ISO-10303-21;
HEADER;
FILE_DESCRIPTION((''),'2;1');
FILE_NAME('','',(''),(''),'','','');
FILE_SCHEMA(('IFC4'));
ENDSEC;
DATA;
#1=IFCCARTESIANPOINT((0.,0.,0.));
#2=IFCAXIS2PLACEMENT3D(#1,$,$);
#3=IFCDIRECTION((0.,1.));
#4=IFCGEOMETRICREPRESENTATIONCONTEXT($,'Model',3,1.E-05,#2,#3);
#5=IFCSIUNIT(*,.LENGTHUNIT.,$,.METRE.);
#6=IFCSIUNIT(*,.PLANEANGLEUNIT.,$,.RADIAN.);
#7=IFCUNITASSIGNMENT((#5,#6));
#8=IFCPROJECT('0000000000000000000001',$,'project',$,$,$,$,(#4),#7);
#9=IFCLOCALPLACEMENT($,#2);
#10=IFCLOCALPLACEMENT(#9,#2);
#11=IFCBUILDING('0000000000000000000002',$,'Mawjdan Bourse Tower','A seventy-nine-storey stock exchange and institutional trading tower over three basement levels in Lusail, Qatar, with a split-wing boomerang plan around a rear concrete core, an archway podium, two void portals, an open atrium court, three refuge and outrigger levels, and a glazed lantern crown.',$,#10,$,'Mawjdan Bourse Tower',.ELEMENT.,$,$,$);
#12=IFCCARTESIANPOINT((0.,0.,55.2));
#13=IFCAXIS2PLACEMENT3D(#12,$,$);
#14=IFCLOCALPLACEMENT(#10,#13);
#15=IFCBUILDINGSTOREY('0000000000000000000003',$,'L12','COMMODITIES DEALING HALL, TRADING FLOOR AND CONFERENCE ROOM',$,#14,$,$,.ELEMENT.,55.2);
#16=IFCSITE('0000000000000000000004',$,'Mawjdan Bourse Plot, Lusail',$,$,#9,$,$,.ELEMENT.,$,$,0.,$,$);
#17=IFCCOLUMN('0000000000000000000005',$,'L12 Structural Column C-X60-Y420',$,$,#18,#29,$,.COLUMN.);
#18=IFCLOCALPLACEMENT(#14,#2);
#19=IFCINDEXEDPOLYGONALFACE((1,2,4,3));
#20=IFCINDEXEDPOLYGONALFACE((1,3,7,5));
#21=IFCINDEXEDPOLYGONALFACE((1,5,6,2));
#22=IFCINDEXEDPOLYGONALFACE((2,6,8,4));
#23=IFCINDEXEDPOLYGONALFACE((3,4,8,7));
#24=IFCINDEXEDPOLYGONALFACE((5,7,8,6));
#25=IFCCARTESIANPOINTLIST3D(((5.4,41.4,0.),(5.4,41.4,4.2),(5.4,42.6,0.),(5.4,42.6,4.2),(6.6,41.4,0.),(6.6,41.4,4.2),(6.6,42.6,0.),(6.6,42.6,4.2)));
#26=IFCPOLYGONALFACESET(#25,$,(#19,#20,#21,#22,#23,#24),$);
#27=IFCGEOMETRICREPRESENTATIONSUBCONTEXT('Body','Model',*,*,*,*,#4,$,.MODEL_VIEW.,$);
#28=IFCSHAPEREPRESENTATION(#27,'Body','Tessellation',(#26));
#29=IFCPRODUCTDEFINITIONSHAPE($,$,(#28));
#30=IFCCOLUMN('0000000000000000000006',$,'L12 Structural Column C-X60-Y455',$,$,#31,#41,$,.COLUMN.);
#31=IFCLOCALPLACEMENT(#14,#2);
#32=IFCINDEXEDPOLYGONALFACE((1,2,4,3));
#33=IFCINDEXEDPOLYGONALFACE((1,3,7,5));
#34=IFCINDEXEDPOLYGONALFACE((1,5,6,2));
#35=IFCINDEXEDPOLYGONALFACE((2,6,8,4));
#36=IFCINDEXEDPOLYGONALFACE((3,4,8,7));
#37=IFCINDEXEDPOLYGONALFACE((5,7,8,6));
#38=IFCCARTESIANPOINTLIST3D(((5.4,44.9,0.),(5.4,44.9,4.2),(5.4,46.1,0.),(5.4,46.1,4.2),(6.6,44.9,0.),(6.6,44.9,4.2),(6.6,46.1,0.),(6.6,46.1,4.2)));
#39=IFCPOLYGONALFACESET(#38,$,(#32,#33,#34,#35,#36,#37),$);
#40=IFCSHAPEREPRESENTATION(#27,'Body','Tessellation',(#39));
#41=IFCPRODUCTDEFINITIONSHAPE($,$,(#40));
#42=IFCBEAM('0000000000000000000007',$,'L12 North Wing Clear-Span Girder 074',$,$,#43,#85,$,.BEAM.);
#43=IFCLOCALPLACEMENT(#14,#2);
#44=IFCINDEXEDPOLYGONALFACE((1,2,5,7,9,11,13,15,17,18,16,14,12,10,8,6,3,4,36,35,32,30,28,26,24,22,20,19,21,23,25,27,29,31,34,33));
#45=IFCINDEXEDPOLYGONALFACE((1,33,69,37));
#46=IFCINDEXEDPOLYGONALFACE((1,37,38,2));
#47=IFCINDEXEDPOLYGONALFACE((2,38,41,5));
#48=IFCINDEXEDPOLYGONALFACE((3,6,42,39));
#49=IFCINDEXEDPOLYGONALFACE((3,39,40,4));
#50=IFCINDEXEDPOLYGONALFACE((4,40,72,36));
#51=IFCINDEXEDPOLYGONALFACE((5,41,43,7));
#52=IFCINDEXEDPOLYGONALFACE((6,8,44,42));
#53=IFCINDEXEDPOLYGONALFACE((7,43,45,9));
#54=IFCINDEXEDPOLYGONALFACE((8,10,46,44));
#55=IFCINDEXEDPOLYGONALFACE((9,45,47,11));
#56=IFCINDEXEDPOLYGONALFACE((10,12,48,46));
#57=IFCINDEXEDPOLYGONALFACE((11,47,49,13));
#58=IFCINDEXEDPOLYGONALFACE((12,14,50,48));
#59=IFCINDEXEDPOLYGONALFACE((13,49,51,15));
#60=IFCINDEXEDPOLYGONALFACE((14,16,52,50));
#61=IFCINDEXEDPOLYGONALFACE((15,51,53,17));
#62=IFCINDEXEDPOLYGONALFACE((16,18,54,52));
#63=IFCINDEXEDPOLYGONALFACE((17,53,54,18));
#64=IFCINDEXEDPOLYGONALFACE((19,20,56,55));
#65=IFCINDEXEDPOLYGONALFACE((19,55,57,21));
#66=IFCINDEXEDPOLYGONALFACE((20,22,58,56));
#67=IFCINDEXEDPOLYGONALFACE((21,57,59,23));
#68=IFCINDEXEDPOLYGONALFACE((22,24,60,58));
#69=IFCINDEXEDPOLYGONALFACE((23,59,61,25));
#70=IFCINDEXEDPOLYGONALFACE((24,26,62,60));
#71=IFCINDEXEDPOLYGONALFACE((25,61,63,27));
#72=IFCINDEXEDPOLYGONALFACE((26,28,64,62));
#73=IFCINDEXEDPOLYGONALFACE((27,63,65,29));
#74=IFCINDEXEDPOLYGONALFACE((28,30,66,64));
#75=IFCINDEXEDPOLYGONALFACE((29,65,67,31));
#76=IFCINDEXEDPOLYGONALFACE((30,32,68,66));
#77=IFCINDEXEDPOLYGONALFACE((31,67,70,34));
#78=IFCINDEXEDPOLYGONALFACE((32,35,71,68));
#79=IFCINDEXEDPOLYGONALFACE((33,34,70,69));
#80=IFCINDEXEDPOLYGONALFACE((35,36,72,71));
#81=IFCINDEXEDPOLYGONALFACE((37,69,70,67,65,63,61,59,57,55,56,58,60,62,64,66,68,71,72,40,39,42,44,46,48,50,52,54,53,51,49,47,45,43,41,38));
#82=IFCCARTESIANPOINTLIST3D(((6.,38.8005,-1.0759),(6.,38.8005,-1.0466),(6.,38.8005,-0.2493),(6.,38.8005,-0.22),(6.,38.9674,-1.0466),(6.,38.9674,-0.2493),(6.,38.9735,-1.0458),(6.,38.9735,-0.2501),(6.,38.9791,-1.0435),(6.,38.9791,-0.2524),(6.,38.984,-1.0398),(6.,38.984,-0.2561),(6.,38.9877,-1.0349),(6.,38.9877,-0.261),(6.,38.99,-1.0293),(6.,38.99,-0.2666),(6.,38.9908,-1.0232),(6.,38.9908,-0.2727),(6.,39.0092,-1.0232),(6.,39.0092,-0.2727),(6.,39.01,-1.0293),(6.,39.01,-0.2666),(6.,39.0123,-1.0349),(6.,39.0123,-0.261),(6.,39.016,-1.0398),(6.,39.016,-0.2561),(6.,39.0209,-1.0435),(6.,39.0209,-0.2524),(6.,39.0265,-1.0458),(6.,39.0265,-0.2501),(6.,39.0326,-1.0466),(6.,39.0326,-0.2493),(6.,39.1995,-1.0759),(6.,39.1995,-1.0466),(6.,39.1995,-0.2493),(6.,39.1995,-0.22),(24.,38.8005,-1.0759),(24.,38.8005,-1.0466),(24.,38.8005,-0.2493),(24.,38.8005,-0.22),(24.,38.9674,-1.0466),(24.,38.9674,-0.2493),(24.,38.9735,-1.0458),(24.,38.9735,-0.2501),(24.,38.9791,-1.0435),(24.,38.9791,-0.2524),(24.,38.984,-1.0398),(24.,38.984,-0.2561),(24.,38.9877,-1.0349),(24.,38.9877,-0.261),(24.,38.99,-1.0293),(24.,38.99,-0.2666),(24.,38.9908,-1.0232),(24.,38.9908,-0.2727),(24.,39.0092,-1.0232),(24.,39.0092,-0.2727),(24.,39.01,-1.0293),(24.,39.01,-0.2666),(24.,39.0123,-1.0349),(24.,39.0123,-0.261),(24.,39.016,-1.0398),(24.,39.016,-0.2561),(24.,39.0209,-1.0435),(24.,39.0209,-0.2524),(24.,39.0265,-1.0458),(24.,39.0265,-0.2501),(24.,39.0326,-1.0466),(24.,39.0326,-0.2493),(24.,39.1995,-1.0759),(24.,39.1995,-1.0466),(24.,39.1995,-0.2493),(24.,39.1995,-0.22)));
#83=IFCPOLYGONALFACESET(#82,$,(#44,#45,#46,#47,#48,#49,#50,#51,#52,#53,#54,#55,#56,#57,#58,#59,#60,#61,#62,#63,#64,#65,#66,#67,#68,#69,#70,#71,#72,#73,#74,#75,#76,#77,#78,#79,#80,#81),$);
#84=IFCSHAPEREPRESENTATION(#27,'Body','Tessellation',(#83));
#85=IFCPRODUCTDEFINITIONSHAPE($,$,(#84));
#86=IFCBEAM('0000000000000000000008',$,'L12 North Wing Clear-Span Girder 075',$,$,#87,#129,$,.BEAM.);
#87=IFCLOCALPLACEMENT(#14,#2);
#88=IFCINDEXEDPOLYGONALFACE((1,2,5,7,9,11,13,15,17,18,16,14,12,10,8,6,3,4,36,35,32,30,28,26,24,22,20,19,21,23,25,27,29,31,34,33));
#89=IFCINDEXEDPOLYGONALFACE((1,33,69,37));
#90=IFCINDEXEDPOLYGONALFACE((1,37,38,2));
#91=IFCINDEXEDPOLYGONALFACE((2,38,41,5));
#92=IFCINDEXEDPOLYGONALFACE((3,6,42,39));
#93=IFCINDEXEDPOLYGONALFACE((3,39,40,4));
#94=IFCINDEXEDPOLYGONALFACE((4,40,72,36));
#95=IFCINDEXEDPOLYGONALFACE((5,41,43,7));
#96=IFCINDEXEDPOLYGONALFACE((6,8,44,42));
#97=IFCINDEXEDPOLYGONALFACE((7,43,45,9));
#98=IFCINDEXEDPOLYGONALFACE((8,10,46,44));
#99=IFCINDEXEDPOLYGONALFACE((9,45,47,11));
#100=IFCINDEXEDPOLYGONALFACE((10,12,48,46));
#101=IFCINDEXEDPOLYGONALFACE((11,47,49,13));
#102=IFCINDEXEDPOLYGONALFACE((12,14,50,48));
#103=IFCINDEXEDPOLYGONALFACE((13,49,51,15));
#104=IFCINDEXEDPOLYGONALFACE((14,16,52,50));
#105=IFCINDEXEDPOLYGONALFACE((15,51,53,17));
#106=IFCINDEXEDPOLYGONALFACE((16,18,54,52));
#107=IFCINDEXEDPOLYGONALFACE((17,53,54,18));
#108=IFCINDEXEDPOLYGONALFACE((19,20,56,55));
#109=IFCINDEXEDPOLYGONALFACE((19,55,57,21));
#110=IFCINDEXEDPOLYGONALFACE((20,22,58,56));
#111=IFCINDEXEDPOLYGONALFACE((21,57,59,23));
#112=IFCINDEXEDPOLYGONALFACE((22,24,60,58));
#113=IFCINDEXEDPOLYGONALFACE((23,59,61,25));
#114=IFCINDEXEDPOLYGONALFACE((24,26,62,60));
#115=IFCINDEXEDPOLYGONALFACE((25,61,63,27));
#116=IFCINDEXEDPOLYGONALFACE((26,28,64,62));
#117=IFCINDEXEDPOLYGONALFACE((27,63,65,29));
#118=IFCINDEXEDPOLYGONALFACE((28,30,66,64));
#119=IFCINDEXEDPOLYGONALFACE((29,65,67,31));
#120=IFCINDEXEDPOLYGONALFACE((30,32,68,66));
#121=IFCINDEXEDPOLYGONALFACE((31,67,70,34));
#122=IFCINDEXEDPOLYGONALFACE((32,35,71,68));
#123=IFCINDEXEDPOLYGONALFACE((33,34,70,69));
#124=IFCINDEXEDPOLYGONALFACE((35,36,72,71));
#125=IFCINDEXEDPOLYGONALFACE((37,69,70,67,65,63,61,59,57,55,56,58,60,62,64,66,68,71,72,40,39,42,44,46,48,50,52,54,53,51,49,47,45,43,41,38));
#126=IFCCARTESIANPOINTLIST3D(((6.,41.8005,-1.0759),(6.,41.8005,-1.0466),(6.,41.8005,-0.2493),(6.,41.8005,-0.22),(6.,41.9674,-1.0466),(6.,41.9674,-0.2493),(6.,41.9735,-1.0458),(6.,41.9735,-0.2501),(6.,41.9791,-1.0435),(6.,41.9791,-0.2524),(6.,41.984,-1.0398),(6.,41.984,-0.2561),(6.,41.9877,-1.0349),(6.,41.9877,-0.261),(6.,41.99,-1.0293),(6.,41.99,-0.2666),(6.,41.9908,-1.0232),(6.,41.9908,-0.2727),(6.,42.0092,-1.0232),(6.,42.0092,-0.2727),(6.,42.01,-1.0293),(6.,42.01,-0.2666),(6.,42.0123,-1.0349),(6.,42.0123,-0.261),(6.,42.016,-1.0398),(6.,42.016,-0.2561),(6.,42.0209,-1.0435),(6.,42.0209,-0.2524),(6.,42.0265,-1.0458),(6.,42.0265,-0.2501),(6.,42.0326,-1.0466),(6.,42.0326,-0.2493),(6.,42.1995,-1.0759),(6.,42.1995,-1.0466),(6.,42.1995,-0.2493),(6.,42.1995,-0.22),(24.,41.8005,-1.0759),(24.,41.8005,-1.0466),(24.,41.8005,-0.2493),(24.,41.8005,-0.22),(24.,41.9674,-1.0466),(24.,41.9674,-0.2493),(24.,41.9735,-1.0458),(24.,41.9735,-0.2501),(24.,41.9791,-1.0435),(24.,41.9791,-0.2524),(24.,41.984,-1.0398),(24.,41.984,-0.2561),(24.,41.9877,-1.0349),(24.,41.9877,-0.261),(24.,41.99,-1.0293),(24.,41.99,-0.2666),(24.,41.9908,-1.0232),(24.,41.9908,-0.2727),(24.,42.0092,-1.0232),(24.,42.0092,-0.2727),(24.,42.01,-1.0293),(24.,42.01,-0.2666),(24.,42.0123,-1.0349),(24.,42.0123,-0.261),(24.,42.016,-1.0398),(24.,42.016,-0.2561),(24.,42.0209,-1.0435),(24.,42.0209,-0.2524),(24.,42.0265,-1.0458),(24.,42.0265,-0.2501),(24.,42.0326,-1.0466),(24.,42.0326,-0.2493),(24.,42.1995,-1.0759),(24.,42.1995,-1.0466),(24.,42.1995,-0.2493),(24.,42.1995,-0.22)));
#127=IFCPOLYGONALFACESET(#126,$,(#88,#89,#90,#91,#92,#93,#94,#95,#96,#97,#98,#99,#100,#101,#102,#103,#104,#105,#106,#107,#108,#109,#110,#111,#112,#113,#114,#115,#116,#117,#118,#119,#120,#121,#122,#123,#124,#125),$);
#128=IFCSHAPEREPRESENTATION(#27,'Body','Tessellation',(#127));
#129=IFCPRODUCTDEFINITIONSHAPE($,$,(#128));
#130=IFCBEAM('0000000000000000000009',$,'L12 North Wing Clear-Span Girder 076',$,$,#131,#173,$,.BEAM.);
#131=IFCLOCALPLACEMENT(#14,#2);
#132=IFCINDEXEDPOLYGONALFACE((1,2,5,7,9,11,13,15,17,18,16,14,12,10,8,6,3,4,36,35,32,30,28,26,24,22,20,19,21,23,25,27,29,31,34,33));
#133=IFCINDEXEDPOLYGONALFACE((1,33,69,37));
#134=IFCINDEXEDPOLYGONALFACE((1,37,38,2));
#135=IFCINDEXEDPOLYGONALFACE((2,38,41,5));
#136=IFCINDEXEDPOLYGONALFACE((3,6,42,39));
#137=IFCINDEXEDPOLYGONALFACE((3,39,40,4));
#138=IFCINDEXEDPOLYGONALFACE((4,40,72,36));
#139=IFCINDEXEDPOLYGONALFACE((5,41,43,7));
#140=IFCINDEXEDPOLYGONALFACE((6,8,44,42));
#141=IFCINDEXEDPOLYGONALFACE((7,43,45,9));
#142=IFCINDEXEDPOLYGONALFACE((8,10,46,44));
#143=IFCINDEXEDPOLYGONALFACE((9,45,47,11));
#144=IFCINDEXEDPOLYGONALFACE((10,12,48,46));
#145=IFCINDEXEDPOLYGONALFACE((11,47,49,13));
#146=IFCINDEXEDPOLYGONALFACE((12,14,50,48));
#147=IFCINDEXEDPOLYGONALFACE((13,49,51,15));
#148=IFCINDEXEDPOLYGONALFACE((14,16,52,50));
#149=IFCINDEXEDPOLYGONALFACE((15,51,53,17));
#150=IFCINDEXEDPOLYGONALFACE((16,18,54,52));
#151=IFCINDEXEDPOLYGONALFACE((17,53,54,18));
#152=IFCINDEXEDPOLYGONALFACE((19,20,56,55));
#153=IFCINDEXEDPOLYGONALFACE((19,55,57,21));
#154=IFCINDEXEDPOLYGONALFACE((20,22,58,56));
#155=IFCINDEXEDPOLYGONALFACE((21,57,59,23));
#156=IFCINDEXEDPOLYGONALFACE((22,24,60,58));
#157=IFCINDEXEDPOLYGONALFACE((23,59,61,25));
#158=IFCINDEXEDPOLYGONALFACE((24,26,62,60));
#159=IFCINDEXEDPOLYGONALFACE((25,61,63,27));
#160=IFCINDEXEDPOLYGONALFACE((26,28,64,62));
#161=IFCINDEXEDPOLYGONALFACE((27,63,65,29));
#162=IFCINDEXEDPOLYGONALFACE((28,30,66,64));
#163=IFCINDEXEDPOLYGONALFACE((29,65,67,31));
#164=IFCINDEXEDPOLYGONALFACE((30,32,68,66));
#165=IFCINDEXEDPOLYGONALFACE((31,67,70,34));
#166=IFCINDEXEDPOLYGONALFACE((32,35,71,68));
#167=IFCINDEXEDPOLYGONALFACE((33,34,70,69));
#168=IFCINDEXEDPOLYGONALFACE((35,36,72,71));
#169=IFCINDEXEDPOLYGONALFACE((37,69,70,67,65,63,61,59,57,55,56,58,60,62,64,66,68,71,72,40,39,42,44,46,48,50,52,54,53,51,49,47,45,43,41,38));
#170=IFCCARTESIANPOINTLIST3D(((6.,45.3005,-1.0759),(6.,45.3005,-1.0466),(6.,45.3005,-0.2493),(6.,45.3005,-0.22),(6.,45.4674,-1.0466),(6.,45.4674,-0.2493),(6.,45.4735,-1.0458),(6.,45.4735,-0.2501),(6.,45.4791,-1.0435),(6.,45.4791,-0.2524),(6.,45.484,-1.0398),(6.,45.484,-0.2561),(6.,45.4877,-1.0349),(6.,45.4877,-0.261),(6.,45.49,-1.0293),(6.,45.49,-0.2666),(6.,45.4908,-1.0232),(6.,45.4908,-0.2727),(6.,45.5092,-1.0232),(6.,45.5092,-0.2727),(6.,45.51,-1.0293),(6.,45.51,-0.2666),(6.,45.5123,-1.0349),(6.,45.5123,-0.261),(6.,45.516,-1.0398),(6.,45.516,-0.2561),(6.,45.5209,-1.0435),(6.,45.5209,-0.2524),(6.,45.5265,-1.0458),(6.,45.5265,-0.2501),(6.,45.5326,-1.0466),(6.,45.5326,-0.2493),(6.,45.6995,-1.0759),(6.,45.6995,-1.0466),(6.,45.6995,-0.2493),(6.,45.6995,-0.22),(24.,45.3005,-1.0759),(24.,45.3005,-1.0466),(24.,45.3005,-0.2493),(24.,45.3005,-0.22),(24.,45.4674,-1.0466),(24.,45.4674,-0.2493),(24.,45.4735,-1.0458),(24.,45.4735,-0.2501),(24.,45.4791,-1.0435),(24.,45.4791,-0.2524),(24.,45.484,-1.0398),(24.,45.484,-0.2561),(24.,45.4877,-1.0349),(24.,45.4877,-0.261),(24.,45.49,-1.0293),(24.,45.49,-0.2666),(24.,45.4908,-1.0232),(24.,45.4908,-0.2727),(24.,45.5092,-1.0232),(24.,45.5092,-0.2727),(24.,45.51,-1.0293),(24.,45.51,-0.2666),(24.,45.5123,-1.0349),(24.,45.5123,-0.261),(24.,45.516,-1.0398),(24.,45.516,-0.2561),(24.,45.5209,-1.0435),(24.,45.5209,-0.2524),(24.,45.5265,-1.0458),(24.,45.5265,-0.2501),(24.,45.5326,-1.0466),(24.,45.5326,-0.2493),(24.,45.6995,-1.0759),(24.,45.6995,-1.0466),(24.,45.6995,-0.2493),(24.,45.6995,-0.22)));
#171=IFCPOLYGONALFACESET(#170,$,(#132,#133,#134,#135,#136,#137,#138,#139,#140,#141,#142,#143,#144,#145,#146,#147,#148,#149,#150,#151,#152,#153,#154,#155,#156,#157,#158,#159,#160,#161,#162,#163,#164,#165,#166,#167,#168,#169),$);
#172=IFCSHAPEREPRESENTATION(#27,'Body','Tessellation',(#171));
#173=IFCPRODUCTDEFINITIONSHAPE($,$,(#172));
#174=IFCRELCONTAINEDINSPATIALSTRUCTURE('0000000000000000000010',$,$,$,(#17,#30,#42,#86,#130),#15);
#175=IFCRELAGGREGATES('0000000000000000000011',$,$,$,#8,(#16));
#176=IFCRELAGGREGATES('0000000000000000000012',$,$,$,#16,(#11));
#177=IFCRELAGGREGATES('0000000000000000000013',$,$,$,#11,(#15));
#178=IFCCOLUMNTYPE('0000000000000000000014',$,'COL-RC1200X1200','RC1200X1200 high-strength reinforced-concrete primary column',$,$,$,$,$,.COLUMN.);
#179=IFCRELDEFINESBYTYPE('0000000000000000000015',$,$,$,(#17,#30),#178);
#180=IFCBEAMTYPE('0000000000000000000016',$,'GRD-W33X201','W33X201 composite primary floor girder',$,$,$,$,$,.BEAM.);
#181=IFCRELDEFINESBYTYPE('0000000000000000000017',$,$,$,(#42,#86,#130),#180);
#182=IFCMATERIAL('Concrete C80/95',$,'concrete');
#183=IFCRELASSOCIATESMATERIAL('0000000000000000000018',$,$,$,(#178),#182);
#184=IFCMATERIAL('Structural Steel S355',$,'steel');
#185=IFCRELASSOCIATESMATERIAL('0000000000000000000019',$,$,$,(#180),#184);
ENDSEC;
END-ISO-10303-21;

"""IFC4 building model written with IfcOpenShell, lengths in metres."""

from ifc_helpers import new_model, si_unit, direction, frame, origin, origin_2d, place, context, subcontext, project, spatial, rectangle, i_section, extrude, material, material_profile, profile_set, type_object, element, save


model = new_model("IFC4")

# Units and contexts
model_context = context("Model", 3, precision=1e-05, world=origin(), true_north=direction((0.0, 1.0)))
body_context = subcontext(model_context, "Body", "Model", "MODEL_VIEW")
ifc_project = project(units=[si_unit("LENGTHUNIT", "METRE"), si_unit("PLANEANGLEUNIT", "RADIAN")], contexts=[model_context])

# Site, building, storey
site_placement = place(None, origin())
site = spatial("IfcSite", under=ifc_project, at=site_placement, Name="Mawjdan Bourse Plot, Lusail", CompositionType="ELEMENT", RefElevation=0.0)
building_placement = place(site_placement, origin())
building = spatial("IfcBuilding", under=site, at=building_placement, Name="Mawjdan Bourse Tower", Description="A seventy-nine-storey stock exchange and institutional trading tower over three basement levels in Lusail, Qatar, with a split-wing boomerang plan around a rear concrete core, an archway podium, two void portals, an open atrium court, three refuge and outrigger levels, and a glazed lantern crown.", LongName="Mawjdan Bourse Tower", CompositionType="ELEMENT")
storey_placement = place(building_placement, frame((0.0, 0.0, 55.2)))
storey = spatial("IfcBuildingStorey", under=building, at=storey_placement, Name="L12", Description="COMMODITIES DEALING HALL, TRADING FLOOR AND CONFERENCE ROOM", CompositionType="ELEMENT", Elevation=55.2)

# Columns
ifc_material_1 = material(Name="Concrete C80/95", Category="concrete")
ifc_material_profile_1 = material_profile(ifc_material_1, rectangle(XDim=1.2, YDim=1.2, at=origin_2d()), Name="RC1200X1200")
ifc_profile_set_1 = profile_set([ifc_material_profile_1], Name="Concrete C80/95")
column_type = type_object("IfcColumnType", Name="COL-RC1200X1200", Description="RC1200X1200 high-strength reinforced-concrete primary column", PredefinedType="COLUMN", material=ifc_profile_set_1)
for number, where, z_axis, x_axis, name in (
    (1, (6.0, 42.0, 0.0), (0.0, 0.0, 1.0), (1.0, 0.0, 0.0), "L12 Structural Column C-X60-Y420"),
    (2, (6.0, 45.5, 0.0), (0.0, 0.0, 1.0), (1.0, 0.0, 0.0), "L12 Structural Column C-X60-Y455"),
):
    element("IfcColumn", number, at=place(storey_placement, frame(where, z_axis=z_axis, x_axis=x_axis)), inside=storey, type_object=column_type, Name=name, PredefinedType="COLUMN", context=body_context, shape_type="SweptSolid", body=[
        extrude(rectangle(XDim=1.2, YDim=1.2, at=origin_2d()), origin(), (0.0, 0.0, 1.0), 4.2),
    ])

# Beams
ifc_material_2 = material(Name="Structural Steel S355", Category="steel")
ifc_material_profile_2 = material_profile(ifc_material_2, i_section(OverallWidth=0.3989, OverallDepth=0.856, WebThickness=0.0183, FlangeThickness=0.0293, FilletRadius=0.0234, at=origin_2d()), Name="W33X201")
ifc_profile_set_2 = profile_set([ifc_material_profile_2], Name="Structural Steel S355")
beam_type_1 = type_object("IfcBeamType", Name="GRD-W33X201", Description="W33X201 composite primary floor girder", PredefinedType="BEAM", material=ifc_profile_set_2)
for number, where, z_axis, x_axis, name in (
    (3, (6.0, 39.0, -0.6479), (1.0, 0.0, 0.0), (0.0, 1.0, 0.0), "L12 North Wing Clear-Span Girder 074"),
    (4, (6.0, 42.0, -0.6479), (1.0, 0.0, 0.0), (0.0, 1.0, 0.0), "L12 North Wing Clear-Span Girder 075"),
    (5, (6.0, 45.5, -0.6479), (1.0, 0.0, 0.0), (0.0, 1.0, 0.0), "L12 North Wing Clear-Span Girder 076"),
):
    element("IfcBeam", number, at=place(storey_placement, frame(where, z_axis=z_axis, x_axis=x_axis)), inside=storey, type_object=beam_type_1, Name=name, PredefinedType="BEAM", context=body_context, shape_type="SweptSolid", body=[
        extrude(i_section(OverallWidth=0.3989, OverallDepth=0.856, WebThickness=0.0183, FlangeThickness=0.0293, FilletRadius=0.0234, at=origin_2d()), origin(), (0.0, 0.0, 1.0), 18.0),
    ])

save(model, "model.ifc")
